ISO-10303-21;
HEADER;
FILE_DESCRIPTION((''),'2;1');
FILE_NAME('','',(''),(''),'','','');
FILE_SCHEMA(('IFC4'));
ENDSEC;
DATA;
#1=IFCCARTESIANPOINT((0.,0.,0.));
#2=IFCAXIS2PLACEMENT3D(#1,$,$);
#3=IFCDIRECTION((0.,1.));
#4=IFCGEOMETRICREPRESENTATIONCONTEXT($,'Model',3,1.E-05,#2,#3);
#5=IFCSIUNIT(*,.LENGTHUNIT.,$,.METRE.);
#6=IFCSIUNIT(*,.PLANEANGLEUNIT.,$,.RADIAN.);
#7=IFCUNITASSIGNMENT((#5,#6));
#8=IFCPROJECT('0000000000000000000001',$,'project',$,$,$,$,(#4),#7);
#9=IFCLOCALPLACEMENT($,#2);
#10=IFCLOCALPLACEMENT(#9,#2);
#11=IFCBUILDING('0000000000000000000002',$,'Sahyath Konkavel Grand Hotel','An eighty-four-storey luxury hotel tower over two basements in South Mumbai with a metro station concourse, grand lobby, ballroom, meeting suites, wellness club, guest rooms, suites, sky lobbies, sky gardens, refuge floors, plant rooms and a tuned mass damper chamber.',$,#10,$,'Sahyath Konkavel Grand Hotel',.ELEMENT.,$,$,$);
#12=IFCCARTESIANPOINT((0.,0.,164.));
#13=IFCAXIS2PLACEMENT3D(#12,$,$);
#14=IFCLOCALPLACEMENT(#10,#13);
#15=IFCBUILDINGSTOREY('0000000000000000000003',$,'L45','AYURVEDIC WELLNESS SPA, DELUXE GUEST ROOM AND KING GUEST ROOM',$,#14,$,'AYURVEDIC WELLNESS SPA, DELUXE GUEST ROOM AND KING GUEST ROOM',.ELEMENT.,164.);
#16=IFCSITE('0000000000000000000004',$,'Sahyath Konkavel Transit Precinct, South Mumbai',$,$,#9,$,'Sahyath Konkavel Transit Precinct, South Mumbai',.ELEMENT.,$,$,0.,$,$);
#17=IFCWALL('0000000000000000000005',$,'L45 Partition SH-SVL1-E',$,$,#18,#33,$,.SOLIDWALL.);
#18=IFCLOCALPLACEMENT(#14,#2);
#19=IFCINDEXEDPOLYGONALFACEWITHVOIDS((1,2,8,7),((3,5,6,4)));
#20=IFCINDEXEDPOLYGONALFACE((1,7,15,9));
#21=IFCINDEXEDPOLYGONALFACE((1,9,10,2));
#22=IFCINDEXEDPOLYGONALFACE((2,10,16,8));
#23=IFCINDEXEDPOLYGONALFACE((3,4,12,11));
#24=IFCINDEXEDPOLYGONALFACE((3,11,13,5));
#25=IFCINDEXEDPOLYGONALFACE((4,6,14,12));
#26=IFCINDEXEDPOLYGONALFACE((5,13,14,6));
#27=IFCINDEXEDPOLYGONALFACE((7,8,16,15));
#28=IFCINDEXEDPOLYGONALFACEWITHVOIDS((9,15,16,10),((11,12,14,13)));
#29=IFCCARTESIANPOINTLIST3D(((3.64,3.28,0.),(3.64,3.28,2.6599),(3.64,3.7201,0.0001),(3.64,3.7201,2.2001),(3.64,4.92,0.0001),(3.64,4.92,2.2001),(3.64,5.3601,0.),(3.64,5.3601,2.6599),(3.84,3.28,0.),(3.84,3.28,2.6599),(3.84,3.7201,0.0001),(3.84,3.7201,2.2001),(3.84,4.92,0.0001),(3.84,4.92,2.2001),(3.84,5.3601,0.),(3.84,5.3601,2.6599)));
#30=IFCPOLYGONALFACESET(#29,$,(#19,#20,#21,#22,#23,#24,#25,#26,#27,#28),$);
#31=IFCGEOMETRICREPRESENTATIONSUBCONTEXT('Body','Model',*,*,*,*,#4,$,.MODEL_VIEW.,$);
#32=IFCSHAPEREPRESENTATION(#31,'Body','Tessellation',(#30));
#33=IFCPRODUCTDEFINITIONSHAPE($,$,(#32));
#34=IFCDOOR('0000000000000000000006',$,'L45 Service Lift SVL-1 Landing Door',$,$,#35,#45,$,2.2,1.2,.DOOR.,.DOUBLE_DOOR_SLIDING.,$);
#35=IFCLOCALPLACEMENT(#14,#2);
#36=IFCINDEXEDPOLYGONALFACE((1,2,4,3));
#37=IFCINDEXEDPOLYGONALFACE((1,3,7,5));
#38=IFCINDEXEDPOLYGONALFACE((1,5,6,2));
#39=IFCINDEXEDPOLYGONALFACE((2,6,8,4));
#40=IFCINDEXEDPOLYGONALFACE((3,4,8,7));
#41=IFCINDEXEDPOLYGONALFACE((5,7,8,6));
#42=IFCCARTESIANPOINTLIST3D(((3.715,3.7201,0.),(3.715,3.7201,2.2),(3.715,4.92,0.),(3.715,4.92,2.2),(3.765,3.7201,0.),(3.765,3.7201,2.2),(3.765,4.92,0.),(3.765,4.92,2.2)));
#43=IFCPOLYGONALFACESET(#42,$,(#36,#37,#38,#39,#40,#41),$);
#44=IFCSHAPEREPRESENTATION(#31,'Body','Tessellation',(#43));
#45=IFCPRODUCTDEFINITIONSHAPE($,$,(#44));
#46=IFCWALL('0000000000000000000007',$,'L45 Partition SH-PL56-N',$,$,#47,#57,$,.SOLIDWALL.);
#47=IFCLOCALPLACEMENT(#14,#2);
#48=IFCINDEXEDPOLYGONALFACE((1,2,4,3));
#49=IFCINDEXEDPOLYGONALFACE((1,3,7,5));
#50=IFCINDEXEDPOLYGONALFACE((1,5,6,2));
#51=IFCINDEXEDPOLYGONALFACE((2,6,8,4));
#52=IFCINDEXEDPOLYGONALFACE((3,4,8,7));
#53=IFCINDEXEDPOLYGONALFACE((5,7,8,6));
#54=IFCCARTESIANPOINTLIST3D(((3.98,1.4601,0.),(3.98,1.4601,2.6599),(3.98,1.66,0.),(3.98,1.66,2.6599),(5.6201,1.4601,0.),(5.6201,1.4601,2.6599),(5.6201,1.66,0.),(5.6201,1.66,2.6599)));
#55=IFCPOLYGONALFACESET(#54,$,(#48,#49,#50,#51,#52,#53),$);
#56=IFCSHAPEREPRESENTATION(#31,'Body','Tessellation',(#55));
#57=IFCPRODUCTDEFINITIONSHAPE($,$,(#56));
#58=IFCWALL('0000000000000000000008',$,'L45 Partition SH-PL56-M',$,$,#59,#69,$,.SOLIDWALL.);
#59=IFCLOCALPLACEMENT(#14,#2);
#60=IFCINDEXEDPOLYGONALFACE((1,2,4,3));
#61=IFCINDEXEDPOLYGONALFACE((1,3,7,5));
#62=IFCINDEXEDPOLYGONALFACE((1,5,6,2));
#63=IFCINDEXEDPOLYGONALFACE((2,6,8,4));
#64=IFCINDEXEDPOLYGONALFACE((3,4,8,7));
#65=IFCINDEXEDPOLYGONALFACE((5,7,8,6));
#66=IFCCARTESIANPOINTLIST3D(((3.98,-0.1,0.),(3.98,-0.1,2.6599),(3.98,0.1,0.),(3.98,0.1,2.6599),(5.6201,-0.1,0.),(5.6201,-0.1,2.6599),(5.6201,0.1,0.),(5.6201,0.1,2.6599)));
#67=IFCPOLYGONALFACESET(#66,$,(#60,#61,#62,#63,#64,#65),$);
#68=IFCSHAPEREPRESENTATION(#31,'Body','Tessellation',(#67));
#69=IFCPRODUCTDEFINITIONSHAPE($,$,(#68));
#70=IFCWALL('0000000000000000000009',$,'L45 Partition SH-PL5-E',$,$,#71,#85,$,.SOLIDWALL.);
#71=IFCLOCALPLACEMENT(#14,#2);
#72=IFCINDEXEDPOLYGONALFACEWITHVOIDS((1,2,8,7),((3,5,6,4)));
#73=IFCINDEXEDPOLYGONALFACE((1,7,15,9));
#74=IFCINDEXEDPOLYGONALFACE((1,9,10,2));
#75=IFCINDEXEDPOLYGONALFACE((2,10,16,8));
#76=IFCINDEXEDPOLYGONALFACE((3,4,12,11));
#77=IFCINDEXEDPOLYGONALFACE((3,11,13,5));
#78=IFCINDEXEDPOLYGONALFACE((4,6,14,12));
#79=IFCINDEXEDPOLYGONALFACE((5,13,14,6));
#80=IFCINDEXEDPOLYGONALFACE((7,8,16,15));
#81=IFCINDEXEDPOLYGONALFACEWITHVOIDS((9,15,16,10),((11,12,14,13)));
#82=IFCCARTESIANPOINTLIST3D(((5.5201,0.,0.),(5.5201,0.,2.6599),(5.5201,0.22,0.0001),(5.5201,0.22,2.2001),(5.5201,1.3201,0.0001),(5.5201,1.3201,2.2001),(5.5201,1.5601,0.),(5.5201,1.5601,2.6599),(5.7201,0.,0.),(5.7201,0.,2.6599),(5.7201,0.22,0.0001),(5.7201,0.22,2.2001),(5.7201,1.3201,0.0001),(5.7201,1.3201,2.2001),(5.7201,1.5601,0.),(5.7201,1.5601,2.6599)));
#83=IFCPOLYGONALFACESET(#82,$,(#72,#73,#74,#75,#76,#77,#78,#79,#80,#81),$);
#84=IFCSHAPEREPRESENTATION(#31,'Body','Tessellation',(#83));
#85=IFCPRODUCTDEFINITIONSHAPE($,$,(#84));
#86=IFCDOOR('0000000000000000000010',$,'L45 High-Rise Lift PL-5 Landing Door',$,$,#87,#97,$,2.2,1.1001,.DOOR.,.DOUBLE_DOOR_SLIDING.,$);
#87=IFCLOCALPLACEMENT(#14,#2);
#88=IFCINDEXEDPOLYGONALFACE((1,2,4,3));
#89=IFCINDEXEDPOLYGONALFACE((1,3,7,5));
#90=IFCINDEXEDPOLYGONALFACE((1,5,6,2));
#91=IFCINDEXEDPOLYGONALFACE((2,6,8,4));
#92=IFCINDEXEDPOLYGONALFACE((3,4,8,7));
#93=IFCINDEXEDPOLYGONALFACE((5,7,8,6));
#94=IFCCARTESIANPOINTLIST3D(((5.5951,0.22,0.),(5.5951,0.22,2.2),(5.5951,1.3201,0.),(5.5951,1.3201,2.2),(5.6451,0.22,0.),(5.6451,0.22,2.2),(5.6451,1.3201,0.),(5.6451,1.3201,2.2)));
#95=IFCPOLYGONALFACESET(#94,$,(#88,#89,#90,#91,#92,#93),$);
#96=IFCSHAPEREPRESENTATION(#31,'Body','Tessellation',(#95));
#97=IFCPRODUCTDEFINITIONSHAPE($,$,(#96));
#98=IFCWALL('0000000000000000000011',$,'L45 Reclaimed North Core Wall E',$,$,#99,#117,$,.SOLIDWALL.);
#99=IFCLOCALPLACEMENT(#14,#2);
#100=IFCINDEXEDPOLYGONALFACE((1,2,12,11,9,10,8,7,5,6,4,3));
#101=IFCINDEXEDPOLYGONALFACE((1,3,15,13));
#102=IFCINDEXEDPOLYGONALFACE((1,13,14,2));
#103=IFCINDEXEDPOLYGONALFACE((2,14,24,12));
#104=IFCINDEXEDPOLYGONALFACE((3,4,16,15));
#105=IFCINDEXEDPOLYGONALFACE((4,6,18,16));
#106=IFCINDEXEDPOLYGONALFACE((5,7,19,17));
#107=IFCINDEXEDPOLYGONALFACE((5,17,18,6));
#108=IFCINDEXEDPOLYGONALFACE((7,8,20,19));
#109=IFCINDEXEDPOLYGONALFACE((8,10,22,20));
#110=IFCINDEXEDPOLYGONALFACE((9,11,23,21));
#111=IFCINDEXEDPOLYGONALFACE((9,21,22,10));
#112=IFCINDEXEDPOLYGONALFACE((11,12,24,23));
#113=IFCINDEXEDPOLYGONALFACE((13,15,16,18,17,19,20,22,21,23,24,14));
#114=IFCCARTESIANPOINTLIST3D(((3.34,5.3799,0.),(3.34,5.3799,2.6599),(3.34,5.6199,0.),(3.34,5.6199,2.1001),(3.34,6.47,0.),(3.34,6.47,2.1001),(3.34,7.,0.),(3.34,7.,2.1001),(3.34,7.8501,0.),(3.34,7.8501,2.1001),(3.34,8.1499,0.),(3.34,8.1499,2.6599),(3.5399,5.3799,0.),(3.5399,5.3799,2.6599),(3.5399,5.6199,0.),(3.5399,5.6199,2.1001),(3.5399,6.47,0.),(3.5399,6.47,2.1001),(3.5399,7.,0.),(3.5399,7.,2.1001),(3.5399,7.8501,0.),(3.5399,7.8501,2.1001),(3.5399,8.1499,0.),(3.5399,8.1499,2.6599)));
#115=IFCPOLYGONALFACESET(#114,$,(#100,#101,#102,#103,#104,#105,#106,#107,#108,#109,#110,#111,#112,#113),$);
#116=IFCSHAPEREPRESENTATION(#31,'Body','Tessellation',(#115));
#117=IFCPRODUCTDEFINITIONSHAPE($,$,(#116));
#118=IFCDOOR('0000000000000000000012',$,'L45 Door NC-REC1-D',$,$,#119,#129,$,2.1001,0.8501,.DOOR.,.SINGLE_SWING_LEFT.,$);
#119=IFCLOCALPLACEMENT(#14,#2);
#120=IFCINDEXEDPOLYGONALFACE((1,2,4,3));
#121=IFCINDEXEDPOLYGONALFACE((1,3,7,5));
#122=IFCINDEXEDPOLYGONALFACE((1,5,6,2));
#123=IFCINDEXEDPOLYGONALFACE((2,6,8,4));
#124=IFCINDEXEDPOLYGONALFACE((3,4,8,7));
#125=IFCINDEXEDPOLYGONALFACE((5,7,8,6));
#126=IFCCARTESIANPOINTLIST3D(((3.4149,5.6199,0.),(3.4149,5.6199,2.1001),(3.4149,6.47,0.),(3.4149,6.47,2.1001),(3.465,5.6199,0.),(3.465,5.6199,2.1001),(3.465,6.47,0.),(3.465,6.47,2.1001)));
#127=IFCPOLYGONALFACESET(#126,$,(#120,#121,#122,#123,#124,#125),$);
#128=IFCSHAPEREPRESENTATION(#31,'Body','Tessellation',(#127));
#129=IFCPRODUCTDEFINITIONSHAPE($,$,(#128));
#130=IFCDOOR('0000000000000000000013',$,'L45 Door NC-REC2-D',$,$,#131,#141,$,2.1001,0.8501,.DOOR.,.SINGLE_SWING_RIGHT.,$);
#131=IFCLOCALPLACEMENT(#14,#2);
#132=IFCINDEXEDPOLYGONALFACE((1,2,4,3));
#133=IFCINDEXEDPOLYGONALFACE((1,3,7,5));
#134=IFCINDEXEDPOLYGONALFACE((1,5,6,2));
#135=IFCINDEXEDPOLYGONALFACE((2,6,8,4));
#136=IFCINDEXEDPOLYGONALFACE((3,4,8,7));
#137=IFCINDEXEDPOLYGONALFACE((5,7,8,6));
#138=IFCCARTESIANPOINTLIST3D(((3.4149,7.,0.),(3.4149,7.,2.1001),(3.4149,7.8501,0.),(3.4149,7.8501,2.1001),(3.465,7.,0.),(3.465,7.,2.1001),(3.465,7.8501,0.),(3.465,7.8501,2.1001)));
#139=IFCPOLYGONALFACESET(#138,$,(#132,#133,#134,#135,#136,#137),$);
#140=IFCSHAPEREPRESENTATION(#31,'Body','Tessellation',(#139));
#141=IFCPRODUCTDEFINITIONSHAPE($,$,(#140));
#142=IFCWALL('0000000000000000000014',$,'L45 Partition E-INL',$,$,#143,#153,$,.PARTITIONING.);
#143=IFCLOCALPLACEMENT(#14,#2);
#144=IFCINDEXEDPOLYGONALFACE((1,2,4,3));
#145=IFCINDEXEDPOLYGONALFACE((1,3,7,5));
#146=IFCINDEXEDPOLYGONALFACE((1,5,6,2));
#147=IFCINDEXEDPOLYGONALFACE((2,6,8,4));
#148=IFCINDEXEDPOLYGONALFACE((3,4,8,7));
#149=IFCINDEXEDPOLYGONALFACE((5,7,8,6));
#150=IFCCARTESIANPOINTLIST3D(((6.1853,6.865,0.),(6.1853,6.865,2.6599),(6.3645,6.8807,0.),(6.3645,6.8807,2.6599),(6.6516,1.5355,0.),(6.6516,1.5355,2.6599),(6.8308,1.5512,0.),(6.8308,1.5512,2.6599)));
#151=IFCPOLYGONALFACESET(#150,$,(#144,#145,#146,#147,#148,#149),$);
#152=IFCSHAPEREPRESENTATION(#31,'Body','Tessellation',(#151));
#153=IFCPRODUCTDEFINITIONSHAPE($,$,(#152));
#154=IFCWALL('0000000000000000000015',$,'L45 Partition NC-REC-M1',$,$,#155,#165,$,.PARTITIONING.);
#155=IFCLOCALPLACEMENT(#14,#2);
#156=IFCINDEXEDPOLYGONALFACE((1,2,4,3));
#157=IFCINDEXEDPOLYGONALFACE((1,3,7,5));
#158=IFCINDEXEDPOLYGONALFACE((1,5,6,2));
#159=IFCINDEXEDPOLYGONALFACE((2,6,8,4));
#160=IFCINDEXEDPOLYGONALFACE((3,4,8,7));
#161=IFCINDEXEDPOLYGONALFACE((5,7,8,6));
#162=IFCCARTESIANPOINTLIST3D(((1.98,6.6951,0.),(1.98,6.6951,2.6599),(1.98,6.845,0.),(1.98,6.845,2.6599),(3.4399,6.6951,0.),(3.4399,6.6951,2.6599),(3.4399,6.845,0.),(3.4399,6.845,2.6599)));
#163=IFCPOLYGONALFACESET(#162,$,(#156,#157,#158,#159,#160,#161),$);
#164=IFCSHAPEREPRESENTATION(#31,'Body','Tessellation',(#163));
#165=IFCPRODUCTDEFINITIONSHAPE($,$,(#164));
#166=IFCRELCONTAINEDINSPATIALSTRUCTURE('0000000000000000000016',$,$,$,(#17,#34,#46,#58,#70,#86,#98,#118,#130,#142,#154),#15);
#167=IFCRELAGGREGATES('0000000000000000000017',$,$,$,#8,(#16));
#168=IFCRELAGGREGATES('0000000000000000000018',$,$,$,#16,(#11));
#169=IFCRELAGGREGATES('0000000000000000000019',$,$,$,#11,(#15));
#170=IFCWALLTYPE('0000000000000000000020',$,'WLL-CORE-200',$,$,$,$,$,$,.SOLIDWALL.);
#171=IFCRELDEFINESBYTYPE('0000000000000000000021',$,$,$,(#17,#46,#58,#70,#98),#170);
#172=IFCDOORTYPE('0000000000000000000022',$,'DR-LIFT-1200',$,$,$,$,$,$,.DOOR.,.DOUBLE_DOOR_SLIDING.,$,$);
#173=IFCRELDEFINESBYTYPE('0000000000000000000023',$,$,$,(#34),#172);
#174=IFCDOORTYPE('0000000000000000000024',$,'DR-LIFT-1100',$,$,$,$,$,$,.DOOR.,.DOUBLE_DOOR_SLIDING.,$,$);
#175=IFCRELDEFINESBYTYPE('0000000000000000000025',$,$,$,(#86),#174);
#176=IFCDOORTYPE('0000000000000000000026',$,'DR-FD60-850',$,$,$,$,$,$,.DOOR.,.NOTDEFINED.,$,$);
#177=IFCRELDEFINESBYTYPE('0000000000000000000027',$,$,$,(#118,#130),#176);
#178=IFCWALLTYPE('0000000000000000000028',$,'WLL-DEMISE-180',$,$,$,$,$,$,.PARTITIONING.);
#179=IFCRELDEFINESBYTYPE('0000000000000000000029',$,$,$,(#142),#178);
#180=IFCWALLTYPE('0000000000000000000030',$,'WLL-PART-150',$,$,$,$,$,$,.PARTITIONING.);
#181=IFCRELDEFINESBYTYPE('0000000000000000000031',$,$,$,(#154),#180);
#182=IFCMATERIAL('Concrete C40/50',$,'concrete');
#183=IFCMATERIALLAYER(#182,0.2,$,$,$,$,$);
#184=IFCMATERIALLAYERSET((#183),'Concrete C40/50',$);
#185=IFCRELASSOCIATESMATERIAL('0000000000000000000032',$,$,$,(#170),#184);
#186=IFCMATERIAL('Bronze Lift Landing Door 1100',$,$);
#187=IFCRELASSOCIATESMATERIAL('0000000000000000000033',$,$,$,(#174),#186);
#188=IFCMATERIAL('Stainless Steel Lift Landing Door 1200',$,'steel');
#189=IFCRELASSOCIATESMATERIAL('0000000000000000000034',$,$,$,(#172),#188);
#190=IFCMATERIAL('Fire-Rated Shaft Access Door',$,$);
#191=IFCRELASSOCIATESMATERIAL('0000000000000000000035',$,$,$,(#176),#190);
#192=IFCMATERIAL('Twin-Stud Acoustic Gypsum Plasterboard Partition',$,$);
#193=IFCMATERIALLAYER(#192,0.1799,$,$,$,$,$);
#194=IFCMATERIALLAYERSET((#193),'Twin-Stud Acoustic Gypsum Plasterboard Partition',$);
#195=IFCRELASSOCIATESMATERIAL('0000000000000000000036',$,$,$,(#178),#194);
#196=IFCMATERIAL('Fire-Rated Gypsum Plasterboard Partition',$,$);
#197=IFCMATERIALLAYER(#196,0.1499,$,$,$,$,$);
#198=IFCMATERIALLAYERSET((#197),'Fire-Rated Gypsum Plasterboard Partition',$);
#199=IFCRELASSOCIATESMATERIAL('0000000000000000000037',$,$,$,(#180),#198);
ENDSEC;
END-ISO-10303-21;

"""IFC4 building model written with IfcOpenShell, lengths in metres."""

from ifc_helpers import new_model, si_unit, direction, frame, frame_2d, origin, origin_2d, place, context, subcontext, project, spatial, rectangle, extrude, source, transform, mapped, material, layer, layer_set, type_object, element, fill, save


model = new_model("IFC4")

# Units and contexts
model_context = context("Model", 3, precision=1e-05, world=origin(), true_north=direction((0.0, 1.0)))
body_context = subcontext(model_context, "Body", "Model", "MODEL_VIEW")
ifc_project = project(units=[si_unit("LENGTHUNIT", "METRE"), si_unit("PLANEANGLEUNIT", "RADIAN")], contexts=[model_context])

# Site, building, storey
site_placement = place(None, origin())
site = spatial("IfcSite", under=ifc_project, at=site_placement, Name="Sahyath Konkavel Transit Precinct, South Mumbai", LongName="Sahyath Konkavel Transit Precinct, South Mumbai", CompositionType="ELEMENT", RefElevation=0.0)
building_placement = place(site_placement, origin())
building = spatial("IfcBuilding", under=site, at=building_placement, Name="Sahyath Konkavel Grand Hotel", Description="An eighty-four-storey luxury hotel tower over two basements in South Mumbai with a metro station concourse, grand lobby, ballroom, meeting suites, wellness club, guest rooms, suites, sky lobbies, sky gardens, refuge floors, plant rooms and a tuned mass damper chamber.", LongName="Sahyath Konkavel Grand Hotel", CompositionType="ELEMENT")
storey_placement = place(building_placement, frame((0.0, 0.0, 164.0)))
storey = spatial("IfcBuildingStorey", under=building, at=storey_placement, Name="L45", Description="AYURVEDIC WELLNESS SPA, DELUXE GUEST ROOM AND KING GUEST ROOM", LongName="AYURVEDIC WELLNESS SPA, DELUXE GUEST ROOM AND KING GUEST ROOM", CompositionType="ELEMENT", Elevation=164.0)

# Shared definitions
ifc_material_1 = material(Name="Concrete C40/50", Category="concrete")
ifc_layer_1 = layer(ifc_material_1, 0.2)
ifc_layer_set_1 = layer_set([ifc_layer_1], Name="Concrete C40/50")
wall_type_1 = type_object("IfcWallType", Name="WLL-CORE-200", PredefinedType="SOLIDWALL", material=ifc_layer_set_1)
shared_shape_1 = source(origin(), body_context, "Body", "SweptSolid", [
    extrude(rectangle(XDim=0.8501, YDim=0.05, at=origin_2d()), origin(), (0.0, 0.0, 1.0), 2.1001),
])

# Shared definitions
ifc_material_2 = material(Name="Bronze Lift Landing Door 1100")
door_type_1 = type_object("IfcDoorType", Name="DR-LIFT-1100", OperationType="DOUBLE_DOOR_SLIDING", PredefinedType="DOOR", material=ifc_material_2)
shared_shape_2 = source(origin(), body_context, "Body", "SweptSolid", [
    extrude(rectangle(XDim=1.1001, YDim=0.05, at=origin_2d()), origin(), (0.0, 0.0, 1.0), 2.2),
])

# Wall, opening, door
wall_1_placement = place(storey_placement, frame((3.74, 3.28, 0.0), z_axis=(0.0, 0.0, 1.0), x_axis=(0.0, 1.0, 0.0)))
wall_1 = element("IfcWall", 1, at=wall_1_placement, inside=storey, type_object=wall_type_1, Name="L45 Partition SH-SVL1-E", PredefinedType="SOLIDWALL", context=body_context, shape_type="SweptSolid", body=[
    extrude(rectangle(XDim=2.0801, YDim=0.2, at=frame_2d((1.04, 0.0))), origin(), (0.0, 0.0, 1.0), 2.6599),
])
opening_1_placement = place(wall_1_placement, frame((0.4399, 0.0, 0.0)))
opening_1 = element("IfcOpeningElement", 2, at=opening_1_placement, cuts=wall_1, PredefinedType="OPENING", context=body_context, shape_type="SweptSolid", body=[
    extrude(rectangle(XDim=1.2, YDim=2.2, at=frame_2d((0.6001, 1.1001))), frame((0.0, 0.1099, 0.0), z_axis=(0.0, -1.0, 0.0), x_axis=(1.0, 0.0, 0.0)), (0.0, 0.0, 1.0), 0.22),
])
ifc_material_3 = material(Name="Stainless Steel Lift Landing Door 1200", Category="steel")
door_type_2 = type_object("IfcDoorType", Name="DR-LIFT-1200", OperationType="DOUBLE_DOOR_SLIDING", PredefinedType="DOOR", material=ifc_material_3)
shared_shape_3 = source(origin(), body_context, "Body", "SweptSolid", [
    extrude(rectangle(XDim=1.2, YDim=0.05, at=origin_2d()), origin(), (0.0, 0.0, 1.0), 2.2),
])
door_1_placement = place(opening_1_placement, frame((0.6001, 0.0, 0.0)))
door_1 = element("IfcDoor", 3, at=door_1_placement, inside=storey, type_object=door_type_2, Name="L45 Service Lift SVL-1 Landing Door", OperationType="DOUBLE_DOOR_SLIDING", OverallHeight=2.2, OverallWidth=1.2, PredefinedType="DOOR", context=body_context, shape_type="MappedRepresentation", body=[
    mapped(shared_shape_3, transform((0.0, 0.0, 0.0), scale=1.0)),
])
fill(opening_1, door_1)

# Walls
for number, where, z_axis, x_axis, name in (
    (4, (3.98, 1.5601, 0.0), (0.0, 0.0, 1.0), (1.0, 0.0, 0.0), "L45 Partition SH-PL56-N"),
    (5, (3.98, 0.0, 0.0), (0.0, 0.0, 1.0), (1.0, 0.0, 0.0), "L45 Partition SH-PL56-M"),
):
    element("IfcWall", number, at=place(storey_placement, frame(where, z_axis=z_axis, x_axis=x_axis)), inside=storey, type_object=wall_type_1, Name=name, PredefinedType="SOLIDWALL", context=body_context, shape_type="SweptSolid", body=[
        extrude(rectangle(XDim=1.6401, YDim=0.2, at=frame_2d((0.8201, 0.0))), origin(), (0.0, 0.0, 1.0), 2.6599),
    ])

# Wall, opening, door
wall_2_placement = place(storey_placement, frame((5.6201, 0.0, 0.0), z_axis=(0.0, 0.0, 1.0), x_axis=(0.0, 1.0, 0.0)))
wall_2 = element("IfcWall", 6, at=wall_2_placement, inside=storey, type_object=wall_type_1, Name="L45 Partition SH-PL5-E", PredefinedType="SOLIDWALL", context=body_context, shape_type="SweptSolid", body=[
    extrude(rectangle(XDim=1.5601, YDim=0.2, at=frame_2d((0.78, 0.0))), origin(), (0.0, 0.0, 1.0), 2.6599),
])
opening_2_placement = place(wall_2_placement, frame((0.22, 0.0, 0.0)))
opening_2 = element("IfcOpeningElement", 7, at=opening_2_placement, cuts=wall_2, PredefinedType="OPENING", context=body_context, shape_type="SweptSolid", body=[
    extrude(rectangle(XDim=1.1001, YDim=2.2, at=frame_2d((0.55, 1.1001))), frame((0.0, 0.1099, 0.0), z_axis=(0.0, -1.0, 0.0), x_axis=(1.0, 0.0, 0.0)), (0.0, 0.0, 1.0), 0.22),
])
door_2_placement = place(opening_2_placement, frame((0.55, 0.0, 0.0)))
door_2 = element("IfcDoor", 8, at=door_2_placement, inside=storey, type_object=door_type_1, Name="L45 High-Rise Lift PL-5 Landing Door", OperationType="DOUBLE_DOOR_SLIDING", OverallHeight=2.2, OverallWidth=1.1001, PredefinedType="DOOR", context=body_context, shape_type="MappedRepresentation", body=[
    mapped(shared_shape_2, transform((0.0, 0.0, 0.0), scale=1.0)),
])
fill(opening_2, door_2)

# Wall, openings, doors
wall_3_placement = place(storey_placement, frame((3.4399, 5.3799, 0.0), z_axis=(0.0, 0.0, 1.0), x_axis=(0.0, 1.0, 0.0)))
wall_3 = element("IfcWall", 9, at=wall_3_placement, inside=storey, type_object=wall_type_1, Name="L45 Reclaimed North Core Wall E", PredefinedType="SOLIDWALL", context=body_context, shape_type="SweptSolid", body=[
    extrude(rectangle(XDim=2.77, YDim=0.2, at=frame_2d((1.385, 0.0))), origin(), (0.0, 0.0, 1.0), 2.6599),
])
opening_3_placement = place(wall_3_placement, frame((0.24, 0.0, 0.0)))
opening_3 = element("IfcOpeningElement", 10, at=opening_3_placement, cuts=wall_3, PredefinedType="OPENING", context=body_context, shape_type="SweptSolid", body=[
    extrude(rectangle(XDim=0.8501, YDim=2.1001, at=frame_2d((0.425, 1.05))), frame((0.0, 0.1099, 0.0), z_axis=(0.0, -1.0, 0.0), x_axis=(1.0, 0.0, 0.0)), (0.0, 0.0, 1.0), 0.22),
])
opening_4_placement = place(wall_3_placement, frame((1.6201, 0.0, 0.0)))
opening_4 = element("IfcOpeningElement", 11, at=opening_4_placement, cuts=wall_3, PredefinedType="OPENING", context=body_context, shape_type="SweptSolid", body=[
    extrude(rectangle(XDim=0.8501, YDim=2.1001, at=frame_2d((0.425, 1.05))), frame((0.0, 0.1099, 0.0), z_axis=(0.0, -1.0, 0.0), x_axis=(1.0, 0.0, 0.0)), (0.0, 0.0, 1.0), 0.22),
])
ifc_material_4 = material(Name="Fire-Rated Shaft Access Door")
door_type_3 = type_object("IfcDoorType", Name="DR-FD60-850", OperationType="NOTDEFINED", PredefinedType="DOOR", material=ifc_material_4)
door_3_placement = place(opening_3_placement, frame((0.425, 0.0, 0.0)))
door_3 = element("IfcDoor", 12, at=door_3_placement, inside=storey, type_object=door_type_3, Name="L45 Door NC-REC1-D", OperationType="SINGLE_SWING_LEFT", OverallHeight=2.1001, OverallWidth=0.8501, PredefinedType="DOOR", context=body_context, shape_type="MappedRepresentation", body=[
    mapped(shared_shape_1, transform((0.0, 0.0, 0.0), scale=1.0)),
])
fill(opening_3, door_3)
door_4_placement = place(opening_4_placement, frame((0.425, 0.0, 0.0)))
door_4 = element("IfcDoor", 13, at=door_4_placement, inside=storey, type_object=door_type_3, Name="L45 Door NC-REC2-D", OperationType="SINGLE_SWING_RIGHT", OverallHeight=2.1001, OverallWidth=0.8501, PredefinedType="DOOR", context=body_context, shape_type="MappedRepresentation", body=[
    mapped(shared_shape_1, transform((0.0, 0.0, 0.0), scale=1.0)),
])
fill(opening_4, door_4)

# Walls
ifc_material_5 = material(Name="Twin-Stud Acoustic Gypsum Plasterboard Partition")
ifc_layer_2 = layer(ifc_material_5, 0.1799)
ifc_layer_set_2 = layer_set([ifc_layer_2], Name="Twin-Stud Acoustic Gypsum Plasterboard Partition")
wall_type_2 = type_object("IfcWallType", Name="WLL-DEMISE-180", PredefinedType="PARTITIONING", material=ifc_layer_set_2)
wall_4_placement = place(storey_placement, frame((6.7412, 1.5435, 0.0), z_axis=(0.0, 0.0, 1.0), x_axis=(-0.087161, 0.996194, 0.0)))
element("IfcWall", 14, at=wall_4_placement, inside=storey, type_object=wall_type_2, Name="L45 Partition E-INL", PredefinedType="PARTITIONING", context=body_context, shape_type="SweptSolid", body=[
    extrude(rectangle(XDim=5.3499, YDim=0.1799, at=frame_2d((2.6748, 0.0))), origin(), (0.0, 0.0, 1.0), 2.6599),
])
ifc_material_6 = material(Name="Fire-Rated Gypsum Plasterboard Partition")
ifc_layer_3 = layer(ifc_material_6, 0.1499)
ifc_layer_set_3 = layer_set([ifc_layer_3], Name="Fire-Rated Gypsum Plasterboard Partition")
wall_type_3 = type_object("IfcWallType", Name="WLL-PART-150", PredefinedType="PARTITIONING", material=ifc_layer_set_3)
wall_5_placement = place(storey_placement, frame((1.98, 6.77, 0.0), z_axis=(0.0, 0.0, 1.0), x_axis=(1.0, 0.0, 0.0)))
element("IfcWall", 15, at=wall_5_placement, inside=storey, type_object=wall_type_3, Name="L45 Partition NC-REC-M1", PredefinedType="PARTITIONING", context=body_context, shape_type="SweptSolid", body=[
    extrude(rectangle(XDim=1.46, YDim=0.1499, at=frame_2d((0.73, 0.0))), origin(), (0.0, 0.0, 1.0), 2.6599),
])

save(model, "model.ifc")
